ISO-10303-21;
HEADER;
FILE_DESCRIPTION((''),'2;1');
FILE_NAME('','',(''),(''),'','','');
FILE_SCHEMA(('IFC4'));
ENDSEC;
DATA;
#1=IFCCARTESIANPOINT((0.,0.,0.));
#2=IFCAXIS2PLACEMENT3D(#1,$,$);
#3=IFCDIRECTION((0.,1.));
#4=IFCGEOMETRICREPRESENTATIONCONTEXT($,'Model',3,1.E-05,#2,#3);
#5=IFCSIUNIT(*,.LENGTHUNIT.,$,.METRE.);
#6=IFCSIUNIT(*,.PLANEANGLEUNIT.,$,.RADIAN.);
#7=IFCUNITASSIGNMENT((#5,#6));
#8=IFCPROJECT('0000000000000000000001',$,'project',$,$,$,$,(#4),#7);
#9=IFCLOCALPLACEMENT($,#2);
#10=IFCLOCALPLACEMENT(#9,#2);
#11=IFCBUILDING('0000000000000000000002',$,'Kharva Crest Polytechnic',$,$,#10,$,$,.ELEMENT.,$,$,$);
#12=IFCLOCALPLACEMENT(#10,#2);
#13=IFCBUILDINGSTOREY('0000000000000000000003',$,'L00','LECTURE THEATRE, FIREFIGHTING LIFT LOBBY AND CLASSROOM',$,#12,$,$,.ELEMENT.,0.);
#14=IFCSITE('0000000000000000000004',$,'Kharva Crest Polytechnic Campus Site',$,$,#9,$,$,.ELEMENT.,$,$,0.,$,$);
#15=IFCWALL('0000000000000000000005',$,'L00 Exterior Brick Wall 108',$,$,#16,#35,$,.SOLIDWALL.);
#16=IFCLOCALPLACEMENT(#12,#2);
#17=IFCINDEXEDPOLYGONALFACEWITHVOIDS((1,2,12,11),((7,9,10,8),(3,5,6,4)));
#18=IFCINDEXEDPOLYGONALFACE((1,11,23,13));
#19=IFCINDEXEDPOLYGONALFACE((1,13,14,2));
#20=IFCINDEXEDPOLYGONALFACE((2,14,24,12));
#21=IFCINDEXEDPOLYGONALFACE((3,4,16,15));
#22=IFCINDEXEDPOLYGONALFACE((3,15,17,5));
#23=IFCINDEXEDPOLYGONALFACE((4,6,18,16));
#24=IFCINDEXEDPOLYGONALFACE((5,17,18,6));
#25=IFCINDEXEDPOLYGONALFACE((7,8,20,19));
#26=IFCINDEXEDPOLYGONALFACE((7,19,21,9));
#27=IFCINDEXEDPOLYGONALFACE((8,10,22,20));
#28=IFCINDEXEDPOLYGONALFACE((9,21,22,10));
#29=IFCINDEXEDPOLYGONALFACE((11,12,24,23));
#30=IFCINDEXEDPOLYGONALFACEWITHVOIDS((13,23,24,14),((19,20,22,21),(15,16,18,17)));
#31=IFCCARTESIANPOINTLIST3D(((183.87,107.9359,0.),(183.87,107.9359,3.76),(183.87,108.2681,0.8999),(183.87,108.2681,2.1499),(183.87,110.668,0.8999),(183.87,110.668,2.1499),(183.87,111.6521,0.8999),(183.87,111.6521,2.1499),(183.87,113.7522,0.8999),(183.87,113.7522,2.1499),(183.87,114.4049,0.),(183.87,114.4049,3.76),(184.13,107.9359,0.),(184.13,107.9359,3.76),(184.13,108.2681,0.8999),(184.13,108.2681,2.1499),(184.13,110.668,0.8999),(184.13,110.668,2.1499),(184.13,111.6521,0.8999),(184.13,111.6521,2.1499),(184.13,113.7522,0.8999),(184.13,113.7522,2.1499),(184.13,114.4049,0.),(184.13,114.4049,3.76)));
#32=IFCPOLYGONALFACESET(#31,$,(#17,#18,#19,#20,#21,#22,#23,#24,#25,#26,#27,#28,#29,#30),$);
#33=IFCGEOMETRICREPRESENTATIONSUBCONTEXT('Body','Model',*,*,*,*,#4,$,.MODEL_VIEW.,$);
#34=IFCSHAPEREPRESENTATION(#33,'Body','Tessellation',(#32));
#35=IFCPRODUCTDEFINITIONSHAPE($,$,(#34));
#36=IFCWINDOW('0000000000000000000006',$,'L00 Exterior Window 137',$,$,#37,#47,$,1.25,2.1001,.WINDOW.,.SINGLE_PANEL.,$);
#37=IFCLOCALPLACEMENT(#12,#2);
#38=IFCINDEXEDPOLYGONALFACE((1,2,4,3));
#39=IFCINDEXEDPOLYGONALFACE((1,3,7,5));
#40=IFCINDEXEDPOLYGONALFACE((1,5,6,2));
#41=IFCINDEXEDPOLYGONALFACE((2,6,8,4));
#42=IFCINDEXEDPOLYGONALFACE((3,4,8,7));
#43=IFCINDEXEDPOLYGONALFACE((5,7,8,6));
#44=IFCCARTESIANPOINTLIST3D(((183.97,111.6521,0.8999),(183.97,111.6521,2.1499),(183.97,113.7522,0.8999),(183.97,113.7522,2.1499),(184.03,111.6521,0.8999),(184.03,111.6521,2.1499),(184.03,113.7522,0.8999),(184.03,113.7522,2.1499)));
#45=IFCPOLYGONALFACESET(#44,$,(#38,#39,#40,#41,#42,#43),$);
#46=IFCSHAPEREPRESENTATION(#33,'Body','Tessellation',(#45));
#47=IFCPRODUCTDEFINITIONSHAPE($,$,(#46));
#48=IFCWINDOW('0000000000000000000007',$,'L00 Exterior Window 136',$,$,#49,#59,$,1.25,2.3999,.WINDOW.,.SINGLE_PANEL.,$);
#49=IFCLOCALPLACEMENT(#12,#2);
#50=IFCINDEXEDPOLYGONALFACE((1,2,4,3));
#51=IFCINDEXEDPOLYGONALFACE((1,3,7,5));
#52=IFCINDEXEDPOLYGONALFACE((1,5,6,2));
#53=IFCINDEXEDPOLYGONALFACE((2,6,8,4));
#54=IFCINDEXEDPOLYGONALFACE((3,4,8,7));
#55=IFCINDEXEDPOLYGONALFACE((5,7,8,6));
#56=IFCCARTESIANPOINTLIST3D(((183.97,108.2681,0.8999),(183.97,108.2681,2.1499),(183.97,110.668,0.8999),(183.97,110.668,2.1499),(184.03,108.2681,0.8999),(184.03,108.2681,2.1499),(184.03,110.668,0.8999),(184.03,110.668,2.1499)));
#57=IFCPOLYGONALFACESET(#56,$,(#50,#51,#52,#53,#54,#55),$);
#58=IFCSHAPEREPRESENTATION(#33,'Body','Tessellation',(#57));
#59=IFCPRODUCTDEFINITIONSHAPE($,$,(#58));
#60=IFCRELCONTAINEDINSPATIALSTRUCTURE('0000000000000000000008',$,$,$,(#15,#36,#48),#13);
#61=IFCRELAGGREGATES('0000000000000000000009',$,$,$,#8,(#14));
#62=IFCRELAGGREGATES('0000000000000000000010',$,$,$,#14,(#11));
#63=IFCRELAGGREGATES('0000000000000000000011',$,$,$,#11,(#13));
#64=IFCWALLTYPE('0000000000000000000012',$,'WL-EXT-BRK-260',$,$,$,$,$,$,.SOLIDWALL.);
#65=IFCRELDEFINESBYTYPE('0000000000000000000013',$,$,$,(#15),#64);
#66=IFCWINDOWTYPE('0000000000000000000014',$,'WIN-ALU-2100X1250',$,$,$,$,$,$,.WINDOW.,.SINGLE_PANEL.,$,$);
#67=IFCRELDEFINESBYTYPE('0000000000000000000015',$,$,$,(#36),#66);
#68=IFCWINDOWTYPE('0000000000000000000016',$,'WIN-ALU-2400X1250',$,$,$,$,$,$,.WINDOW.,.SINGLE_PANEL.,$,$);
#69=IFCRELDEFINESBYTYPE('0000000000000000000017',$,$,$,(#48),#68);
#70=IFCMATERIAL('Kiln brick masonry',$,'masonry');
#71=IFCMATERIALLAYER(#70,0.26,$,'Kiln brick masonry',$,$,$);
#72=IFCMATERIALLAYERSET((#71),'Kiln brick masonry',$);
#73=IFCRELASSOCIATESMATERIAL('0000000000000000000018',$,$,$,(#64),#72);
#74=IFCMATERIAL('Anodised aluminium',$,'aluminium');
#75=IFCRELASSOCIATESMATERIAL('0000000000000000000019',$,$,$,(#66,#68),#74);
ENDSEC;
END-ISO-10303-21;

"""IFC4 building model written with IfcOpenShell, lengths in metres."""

from ifc_helpers import new_model, si_unit, direction, frame, frame_2d, origin, place, context, subcontext, project, spatial, rectangle, extrude, material, layer, layer_set, type_object, element, fill, save


model = new_model("IFC4")

# Units and contexts
model_context = context("Model", 3, precision=1e-05, world=origin(), true_north=direction((0.0, 1.0)))
body_context = subcontext(model_context, "Body", "Model", "MODEL_VIEW")
ifc_project = project(units=[si_unit("LENGTHUNIT", "METRE"), si_unit("PLANEANGLEUNIT", "RADIAN")], contexts=[model_context])

# Site, building, storey
site_placement = place(None, origin())
site = spatial("IfcSite", under=ifc_project, at=site_placement, Name="Kharva Crest Polytechnic Campus Site", CompositionType="ELEMENT", RefElevation=0.0)
building_placement = place(site_placement, origin())
building = spatial("IfcBuilding", under=site, at=building_placement, Name="Kharva Crest Polytechnic", CompositionType="ELEMENT")
storey_placement = place(building_placement, origin())
storey = spatial("IfcBuildingStorey", under=building, at=storey_placement, Name="L00", Description="LECTURE THEATRE, FIREFIGHTING LIFT LOBBY AND CLASSROOM", CompositionType="ELEMENT", Elevation=0.0)

# Wall, openings, windows
ifc_material_1 = material(Name="Kiln brick masonry", Category="masonry")
ifc_layer_1 = layer(ifc_material_1, 0.26, Name="Kiln brick masonry")
ifc_layer_set_1 = layer_set([ifc_layer_1], Name="Kiln brick masonry")
wall_type = type_object("IfcWallType", Name="WL-EXT-BRK-260", PredefinedType="SOLIDWALL", material=ifc_layer_set_1)
wall_placement = place(storey_placement, frame((184.0, 107.936, 0.0), z_axis=(0.0, 0.0, 1.0), x_axis=(0.0, 1.0, 0.0)))
wall = element("IfcWall", 1, at=wall_placement, inside=storey, type_object=wall_type, Name="L00 Exterior Brick Wall 108", PredefinedType="SOLIDWALL", context=body_context, shape_type="SweptSolid", body=[
    extrude(rectangle(XDim=6.469, YDim=0.26, at=frame_2d((3.2344, 0.0))), origin(), (0.0, 0.0, 1.0), 3.76),
])
opening_1_placement = place(wall_placement, frame((0.332, 0.0, 0.8999)))
opening_1 = element("IfcOpeningElement", 2, at=opening_1_placement, cuts=wall, PredefinedType="OPENING", context=body_context, shape_type="SweptSolid", body=[
    extrude(rectangle(XDim=2.3999, YDim=1.25, at=frame_2d((1.2, 0.625))), frame((0.0, 0.1399, 0.0), z_axis=(0.0, -1.0, 0.0), x_axis=(1.0, 0.0, 0.0)), (0.0, 0.0, 1.0), 0.28),
])
opening_2_placement = place(wall_placement, frame((3.7161, 0.0, 0.8999)))
opening_2 = element("IfcOpeningElement", 3, at=opening_2_placement, cuts=wall, PredefinedType="OPENING", context=body_context, shape_type="SweptSolid", body=[
    extrude(rectangle(XDim=2.1001, YDim=1.25, at=frame_2d((1.05, 0.625))), frame((0.0, 0.1399, 0.0), z_axis=(0.0, -1.0, 0.0), x_axis=(1.0, 0.0, 0.0)), (0.0, 0.0, 1.0), 0.28),
])
ifc_material_2 = material(Name="Anodised aluminium", Category="aluminium")
window_type_1 = type_object("IfcWindowType", Name="WIN-ALU-2100X1250", PartitioningType="SINGLE_PANEL", PredefinedType="WINDOW", material=ifc_material_2)
window_1_placement = place(opening_2_placement, origin())
window_1 = element("IfcWindow", 4, at=window_1_placement, inside=storey, type_object=window_type_1, Name="L00 Exterior Window 137", OverallHeight=1.25, OverallWidth=2.1001, PartitioningType="SINGLE_PANEL", PredefinedType="WINDOW", context=body_context, shape_type="SweptSolid", body=[
    extrude(rectangle(XDim=2.1001, YDim=1.25, at=frame_2d((1.05, 0.625))), frame((0.0, 0.03, 0.0), z_axis=(0.0, -1.0, 0.0), x_axis=(1.0, 0.0, 0.0)), (0.0, 0.0, 1.0), 0.0601),
])
fill(opening_2, window_1)
window_type_2 = type_object("IfcWindowType", Name="WIN-ALU-2400X1250", PartitioningType="SINGLE_PANEL", PredefinedType="WINDOW", material=ifc_material_2)
window_2_placement = place(opening_1_placement, origin())
window_2 = element("IfcWindow", 5, at=window_2_placement, inside=storey, type_object=window_type_2, Name="L00 Exterior Window 136", OverallHeight=1.25, OverallWidth=2.3999, PartitioningType="SINGLE_PANEL", PredefinedType="WINDOW", context=body_context, shape_type="SweptSolid", body=[
    extrude(rectangle(XDim=2.3999, YDim=1.25, at=frame_2d((1.2, 0.625))), frame((0.0, 0.03, 0.0), z_axis=(0.0, -1.0, 0.0), x_axis=(1.0, 0.0, 0.0)), (0.0, 0.0, 1.0), 0.0601),
])
fill(opening_1, window_2)

save(model, "model.ifc")
